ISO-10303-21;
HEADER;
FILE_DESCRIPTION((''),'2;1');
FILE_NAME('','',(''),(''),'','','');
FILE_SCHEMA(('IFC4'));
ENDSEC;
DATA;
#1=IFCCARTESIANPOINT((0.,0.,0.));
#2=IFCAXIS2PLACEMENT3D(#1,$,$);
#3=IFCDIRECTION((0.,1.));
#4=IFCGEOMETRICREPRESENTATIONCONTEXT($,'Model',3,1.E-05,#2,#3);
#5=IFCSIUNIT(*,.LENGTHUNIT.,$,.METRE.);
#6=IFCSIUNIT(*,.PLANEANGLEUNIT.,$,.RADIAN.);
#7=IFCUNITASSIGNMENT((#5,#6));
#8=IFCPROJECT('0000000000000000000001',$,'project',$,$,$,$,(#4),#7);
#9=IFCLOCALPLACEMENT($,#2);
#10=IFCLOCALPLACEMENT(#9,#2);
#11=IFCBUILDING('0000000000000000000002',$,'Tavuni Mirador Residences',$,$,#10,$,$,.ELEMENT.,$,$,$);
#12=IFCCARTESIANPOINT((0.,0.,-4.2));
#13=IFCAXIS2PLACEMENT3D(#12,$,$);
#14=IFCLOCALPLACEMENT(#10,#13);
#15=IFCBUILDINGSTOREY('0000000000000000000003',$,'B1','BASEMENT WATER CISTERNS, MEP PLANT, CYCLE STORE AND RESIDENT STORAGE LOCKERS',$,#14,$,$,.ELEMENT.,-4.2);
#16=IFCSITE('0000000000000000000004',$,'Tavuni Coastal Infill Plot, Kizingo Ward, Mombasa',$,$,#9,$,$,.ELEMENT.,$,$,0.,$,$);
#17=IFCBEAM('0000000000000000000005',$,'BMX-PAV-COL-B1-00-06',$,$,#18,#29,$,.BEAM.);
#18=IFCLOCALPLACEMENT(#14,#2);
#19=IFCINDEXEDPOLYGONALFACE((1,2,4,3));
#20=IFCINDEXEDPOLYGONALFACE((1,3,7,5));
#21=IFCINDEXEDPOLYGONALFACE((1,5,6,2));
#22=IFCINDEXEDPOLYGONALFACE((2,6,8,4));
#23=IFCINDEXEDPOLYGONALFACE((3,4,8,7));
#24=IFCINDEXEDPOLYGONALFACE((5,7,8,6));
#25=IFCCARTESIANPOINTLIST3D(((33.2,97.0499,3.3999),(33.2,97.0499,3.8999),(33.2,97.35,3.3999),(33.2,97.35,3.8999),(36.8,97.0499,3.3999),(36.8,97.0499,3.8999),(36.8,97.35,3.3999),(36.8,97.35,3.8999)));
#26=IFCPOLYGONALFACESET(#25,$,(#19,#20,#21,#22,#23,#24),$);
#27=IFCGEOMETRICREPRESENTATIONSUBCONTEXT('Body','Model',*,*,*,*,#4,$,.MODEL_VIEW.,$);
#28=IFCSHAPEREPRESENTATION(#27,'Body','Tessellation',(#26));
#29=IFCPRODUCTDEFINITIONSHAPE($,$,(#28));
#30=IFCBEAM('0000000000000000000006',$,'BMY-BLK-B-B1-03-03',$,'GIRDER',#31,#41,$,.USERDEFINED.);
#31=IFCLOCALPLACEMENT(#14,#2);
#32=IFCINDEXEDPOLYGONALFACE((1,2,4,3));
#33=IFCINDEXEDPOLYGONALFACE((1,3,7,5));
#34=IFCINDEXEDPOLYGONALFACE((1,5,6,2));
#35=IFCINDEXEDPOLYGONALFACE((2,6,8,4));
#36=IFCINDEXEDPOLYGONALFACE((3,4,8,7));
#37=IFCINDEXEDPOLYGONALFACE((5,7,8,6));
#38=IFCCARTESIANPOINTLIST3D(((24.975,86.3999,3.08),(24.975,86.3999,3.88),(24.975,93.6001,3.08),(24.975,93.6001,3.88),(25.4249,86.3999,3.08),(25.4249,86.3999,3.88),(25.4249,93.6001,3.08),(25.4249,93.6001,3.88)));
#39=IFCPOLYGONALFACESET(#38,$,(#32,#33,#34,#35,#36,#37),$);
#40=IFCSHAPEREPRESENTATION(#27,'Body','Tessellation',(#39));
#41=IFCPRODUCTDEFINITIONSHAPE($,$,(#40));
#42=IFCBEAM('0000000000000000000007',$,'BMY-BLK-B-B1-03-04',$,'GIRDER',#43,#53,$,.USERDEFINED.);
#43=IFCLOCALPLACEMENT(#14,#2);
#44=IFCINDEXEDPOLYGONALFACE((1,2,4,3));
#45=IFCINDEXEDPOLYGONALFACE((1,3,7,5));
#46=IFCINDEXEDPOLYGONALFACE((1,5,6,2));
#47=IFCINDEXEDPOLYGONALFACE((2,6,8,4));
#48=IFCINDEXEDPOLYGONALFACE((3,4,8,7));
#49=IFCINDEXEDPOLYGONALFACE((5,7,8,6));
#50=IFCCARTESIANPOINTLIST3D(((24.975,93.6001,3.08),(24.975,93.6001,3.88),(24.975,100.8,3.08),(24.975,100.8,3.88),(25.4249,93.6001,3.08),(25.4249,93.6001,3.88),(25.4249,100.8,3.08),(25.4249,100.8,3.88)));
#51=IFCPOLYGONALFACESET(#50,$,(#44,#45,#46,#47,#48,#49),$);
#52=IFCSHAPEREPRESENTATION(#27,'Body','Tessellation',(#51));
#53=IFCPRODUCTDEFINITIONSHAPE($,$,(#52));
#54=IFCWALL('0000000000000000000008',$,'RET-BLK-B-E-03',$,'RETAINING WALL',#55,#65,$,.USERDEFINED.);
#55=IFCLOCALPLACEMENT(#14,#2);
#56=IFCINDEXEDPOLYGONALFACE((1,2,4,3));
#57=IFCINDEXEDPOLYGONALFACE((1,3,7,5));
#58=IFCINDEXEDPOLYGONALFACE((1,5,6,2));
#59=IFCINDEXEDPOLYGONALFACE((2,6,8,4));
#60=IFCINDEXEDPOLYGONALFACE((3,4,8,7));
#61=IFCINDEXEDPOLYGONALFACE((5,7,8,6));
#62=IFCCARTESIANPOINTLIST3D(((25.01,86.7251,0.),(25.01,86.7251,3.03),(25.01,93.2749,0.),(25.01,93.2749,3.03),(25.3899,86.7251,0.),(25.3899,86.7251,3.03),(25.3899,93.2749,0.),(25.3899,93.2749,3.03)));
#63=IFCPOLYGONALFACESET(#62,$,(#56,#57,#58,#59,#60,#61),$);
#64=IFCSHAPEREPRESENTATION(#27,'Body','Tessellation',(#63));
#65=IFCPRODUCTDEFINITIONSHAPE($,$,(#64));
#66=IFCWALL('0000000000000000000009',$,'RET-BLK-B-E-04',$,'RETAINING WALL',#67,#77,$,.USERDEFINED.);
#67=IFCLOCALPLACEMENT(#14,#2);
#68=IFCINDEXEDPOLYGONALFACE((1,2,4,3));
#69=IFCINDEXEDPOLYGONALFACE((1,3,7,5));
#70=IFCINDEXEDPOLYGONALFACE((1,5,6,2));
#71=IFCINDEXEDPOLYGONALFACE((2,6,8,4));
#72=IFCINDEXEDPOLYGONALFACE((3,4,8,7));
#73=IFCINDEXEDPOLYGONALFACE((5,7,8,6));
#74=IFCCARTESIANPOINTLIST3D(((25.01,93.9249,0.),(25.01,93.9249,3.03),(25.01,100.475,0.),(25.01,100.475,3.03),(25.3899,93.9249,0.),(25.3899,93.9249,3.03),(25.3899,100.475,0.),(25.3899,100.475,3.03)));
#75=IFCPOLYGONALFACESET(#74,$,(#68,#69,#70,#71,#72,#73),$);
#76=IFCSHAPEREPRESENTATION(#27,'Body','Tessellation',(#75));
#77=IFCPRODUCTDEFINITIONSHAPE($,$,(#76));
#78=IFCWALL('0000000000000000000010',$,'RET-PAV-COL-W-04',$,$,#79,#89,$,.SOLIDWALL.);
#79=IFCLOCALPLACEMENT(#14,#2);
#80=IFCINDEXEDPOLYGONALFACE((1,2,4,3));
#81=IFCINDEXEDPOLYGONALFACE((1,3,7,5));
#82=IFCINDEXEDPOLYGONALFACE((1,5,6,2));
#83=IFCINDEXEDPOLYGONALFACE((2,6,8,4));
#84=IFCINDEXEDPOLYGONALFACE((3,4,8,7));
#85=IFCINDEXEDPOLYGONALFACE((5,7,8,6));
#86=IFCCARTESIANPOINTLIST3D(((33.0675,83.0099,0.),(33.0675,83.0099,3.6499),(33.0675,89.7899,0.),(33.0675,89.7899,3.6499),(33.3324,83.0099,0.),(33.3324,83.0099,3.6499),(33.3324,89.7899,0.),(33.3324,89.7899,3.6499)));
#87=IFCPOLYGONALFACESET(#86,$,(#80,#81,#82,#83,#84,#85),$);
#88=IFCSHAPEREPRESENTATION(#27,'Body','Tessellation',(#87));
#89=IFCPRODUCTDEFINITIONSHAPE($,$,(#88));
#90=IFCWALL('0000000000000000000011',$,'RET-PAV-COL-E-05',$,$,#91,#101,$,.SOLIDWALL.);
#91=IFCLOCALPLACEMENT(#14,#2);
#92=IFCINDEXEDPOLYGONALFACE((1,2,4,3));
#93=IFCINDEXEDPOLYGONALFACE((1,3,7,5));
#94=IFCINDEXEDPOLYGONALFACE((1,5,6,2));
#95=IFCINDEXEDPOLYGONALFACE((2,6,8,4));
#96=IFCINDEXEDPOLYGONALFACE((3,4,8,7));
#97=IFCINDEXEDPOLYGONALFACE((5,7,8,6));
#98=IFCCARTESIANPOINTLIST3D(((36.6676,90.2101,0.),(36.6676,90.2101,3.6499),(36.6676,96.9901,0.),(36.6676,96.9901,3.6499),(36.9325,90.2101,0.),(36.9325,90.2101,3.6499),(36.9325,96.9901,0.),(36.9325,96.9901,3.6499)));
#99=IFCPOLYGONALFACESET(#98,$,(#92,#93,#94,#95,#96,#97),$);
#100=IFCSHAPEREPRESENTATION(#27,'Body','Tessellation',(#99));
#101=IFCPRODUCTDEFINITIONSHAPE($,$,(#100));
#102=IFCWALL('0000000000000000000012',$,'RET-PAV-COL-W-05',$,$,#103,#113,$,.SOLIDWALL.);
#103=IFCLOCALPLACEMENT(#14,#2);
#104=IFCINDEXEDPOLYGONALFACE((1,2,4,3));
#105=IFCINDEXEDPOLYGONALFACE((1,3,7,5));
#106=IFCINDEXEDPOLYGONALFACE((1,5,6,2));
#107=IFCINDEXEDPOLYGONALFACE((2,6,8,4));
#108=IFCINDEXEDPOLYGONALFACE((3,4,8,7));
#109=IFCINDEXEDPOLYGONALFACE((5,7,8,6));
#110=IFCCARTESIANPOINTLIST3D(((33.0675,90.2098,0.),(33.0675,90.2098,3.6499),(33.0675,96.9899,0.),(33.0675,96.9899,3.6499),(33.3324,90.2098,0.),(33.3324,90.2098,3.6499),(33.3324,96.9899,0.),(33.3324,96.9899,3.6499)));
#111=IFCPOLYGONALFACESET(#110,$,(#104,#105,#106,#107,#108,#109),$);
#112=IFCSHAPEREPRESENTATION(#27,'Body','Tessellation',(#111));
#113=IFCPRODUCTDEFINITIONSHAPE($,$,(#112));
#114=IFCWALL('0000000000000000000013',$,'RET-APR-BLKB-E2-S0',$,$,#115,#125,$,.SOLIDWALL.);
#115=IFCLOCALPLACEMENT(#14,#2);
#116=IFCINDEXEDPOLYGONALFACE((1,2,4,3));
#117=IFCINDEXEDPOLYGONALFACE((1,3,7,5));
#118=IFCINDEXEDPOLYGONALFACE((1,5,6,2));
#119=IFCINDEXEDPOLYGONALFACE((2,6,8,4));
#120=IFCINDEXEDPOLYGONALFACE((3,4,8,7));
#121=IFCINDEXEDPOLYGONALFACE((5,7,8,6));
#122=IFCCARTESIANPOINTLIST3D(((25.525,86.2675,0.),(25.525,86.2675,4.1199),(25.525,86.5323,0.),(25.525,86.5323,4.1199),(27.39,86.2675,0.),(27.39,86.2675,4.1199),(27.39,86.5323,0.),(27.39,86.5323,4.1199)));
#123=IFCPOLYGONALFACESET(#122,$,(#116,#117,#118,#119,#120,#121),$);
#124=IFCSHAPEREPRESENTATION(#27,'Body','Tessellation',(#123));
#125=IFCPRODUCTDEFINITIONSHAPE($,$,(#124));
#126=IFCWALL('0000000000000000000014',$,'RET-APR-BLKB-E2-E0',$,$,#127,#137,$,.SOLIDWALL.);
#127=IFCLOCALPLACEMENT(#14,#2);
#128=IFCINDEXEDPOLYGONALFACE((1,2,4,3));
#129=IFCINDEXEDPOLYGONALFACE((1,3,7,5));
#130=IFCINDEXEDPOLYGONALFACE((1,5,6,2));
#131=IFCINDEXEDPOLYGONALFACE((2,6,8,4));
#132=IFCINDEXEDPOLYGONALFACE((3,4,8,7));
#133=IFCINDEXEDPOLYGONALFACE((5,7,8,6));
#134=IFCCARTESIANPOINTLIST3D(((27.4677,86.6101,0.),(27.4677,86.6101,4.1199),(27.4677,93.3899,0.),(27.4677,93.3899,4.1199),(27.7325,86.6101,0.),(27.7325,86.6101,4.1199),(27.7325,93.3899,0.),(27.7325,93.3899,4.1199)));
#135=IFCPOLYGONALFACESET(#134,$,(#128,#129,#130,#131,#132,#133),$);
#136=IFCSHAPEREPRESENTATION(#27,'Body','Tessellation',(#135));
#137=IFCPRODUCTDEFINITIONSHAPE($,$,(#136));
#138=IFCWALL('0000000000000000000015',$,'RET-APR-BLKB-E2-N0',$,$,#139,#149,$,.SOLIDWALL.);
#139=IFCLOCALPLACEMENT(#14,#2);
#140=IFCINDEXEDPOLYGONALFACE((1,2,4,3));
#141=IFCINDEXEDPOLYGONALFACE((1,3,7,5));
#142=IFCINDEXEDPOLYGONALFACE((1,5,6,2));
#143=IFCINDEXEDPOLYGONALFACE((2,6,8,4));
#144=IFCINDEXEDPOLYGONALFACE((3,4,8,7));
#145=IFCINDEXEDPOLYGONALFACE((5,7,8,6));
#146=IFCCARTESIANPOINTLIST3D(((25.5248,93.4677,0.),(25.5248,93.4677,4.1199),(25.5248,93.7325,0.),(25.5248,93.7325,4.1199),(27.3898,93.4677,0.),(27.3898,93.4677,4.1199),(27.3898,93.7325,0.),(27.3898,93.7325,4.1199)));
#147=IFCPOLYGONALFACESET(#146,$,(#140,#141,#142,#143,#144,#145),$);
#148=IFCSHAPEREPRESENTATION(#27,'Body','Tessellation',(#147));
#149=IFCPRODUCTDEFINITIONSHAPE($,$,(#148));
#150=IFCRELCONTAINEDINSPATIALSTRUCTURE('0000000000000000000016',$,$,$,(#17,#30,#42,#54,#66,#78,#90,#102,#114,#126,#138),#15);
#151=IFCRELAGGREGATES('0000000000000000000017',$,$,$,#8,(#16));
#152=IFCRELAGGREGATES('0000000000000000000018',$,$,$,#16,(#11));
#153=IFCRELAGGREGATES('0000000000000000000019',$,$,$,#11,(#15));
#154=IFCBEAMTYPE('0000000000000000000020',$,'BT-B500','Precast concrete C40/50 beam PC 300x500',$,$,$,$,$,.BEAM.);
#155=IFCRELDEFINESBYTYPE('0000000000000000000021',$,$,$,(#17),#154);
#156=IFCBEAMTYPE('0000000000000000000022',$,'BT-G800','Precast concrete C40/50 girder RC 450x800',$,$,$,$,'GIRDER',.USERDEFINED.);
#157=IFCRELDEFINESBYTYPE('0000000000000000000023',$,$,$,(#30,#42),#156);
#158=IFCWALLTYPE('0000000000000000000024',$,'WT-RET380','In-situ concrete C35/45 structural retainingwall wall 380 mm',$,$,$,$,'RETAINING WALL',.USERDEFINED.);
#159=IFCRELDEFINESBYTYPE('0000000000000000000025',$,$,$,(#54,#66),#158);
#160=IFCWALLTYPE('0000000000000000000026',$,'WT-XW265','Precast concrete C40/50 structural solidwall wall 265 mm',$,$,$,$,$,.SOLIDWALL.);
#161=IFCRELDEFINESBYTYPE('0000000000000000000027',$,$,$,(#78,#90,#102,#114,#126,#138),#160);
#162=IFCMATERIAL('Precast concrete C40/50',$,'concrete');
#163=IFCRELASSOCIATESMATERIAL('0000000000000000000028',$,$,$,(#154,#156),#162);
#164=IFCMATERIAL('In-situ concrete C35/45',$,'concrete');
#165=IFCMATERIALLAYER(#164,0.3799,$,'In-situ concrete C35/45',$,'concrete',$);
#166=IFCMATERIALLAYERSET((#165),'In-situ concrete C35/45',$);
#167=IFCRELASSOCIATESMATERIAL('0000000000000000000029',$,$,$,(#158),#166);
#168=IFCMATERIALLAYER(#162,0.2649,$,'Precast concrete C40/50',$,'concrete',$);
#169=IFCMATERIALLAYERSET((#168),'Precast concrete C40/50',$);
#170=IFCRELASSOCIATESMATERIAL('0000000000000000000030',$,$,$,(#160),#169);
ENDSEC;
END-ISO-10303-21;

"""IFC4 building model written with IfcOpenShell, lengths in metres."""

from ifc_helpers import new_model, si_unit, direction, frame, frame_2d, origin, origin_2d, place, context, subcontext, project, spatial, rectangle, extrude, material, layer, layer_set, material_profile, profile_set, type_object, element, save


model = new_model("IFC4")

# Units and contexts
model_context = context("Model", 3, precision=1e-05, world=origin(), true_north=direction((0.0, 1.0)))
body_context = subcontext(model_context, "Body", "Model", "MODEL_VIEW")
ifc_project = project(units=[si_unit("LENGTHUNIT", "METRE"), si_unit("PLANEANGLEUNIT", "RADIAN")], contexts=[model_context])

# Site, building, storey
site_placement = place(None, origin())
site = spatial("IfcSite", under=ifc_project, at=site_placement, Name="Tavuni Coastal Infill Plot, Kizingo Ward, Mombasa", CompositionType="ELEMENT", RefElevation=0.0)
building_placement = place(site_placement, origin())
building = spatial("IfcBuilding", under=site, at=building_placement, Name="Tavuni Mirador Residences", CompositionType="ELEMENT")
storey_placement = place(building_placement, frame((0.0, 0.0, -4.2)))
storey = spatial("IfcBuildingStorey", under=building, at=storey_placement, Name="B1", Description="BASEMENT WATER CISTERNS, MEP PLANT, CYCLE STORE AND RESIDENT STORAGE LOCKERS", CompositionType="ELEMENT", Elevation=-4.2)

# Shared definitions
ifc_material_1 = material(Name="In-situ concrete C35/45", Category="concrete")

# Shared definitions
ifc_material_2 = material(Name="Precast concrete C40/50", Category="concrete")

# Beams
ifc_material_profile_1 = material_profile(ifc_material_2, rectangle(XDim=0.3, YDim=0.5, at=origin_2d()), Name="PC 300x500", Category="concrete")
ifc_profile_set_1 = profile_set([ifc_material_profile_1], Name="Precast concrete C40/50")
beam_type_1 = type_object("IfcBeamType", Name="BT-B500", Description="Precast concrete C40/50 beam PC 300x500", PredefinedType="BEAM", material=ifc_profile_set_1)
for number, where, z_axis, x_axis, name in (
    (1, (33.2, 97.2, 3.6499), (1.0, 0.0, 0.0), (0.0, 1.0, 0.0), "BMX-PAV-COL-B1-00-06"),
):
    element("IfcBeam", number, at=place(storey_placement, frame(where, z_axis=z_axis, x_axis=x_axis)), inside=storey, type_object=beam_type_1, Name=name, PredefinedType="BEAM", context=body_context, shape_type="SweptSolid", body=[
        extrude(rectangle(XDim=0.3, YDim=0.5, at=origin_2d()), origin(), (0.0, 0.0, 1.0), 3.6001),
    ])
ifc_material_profile_2 = material_profile(ifc_material_2, rectangle(XDim=0.45, YDim=0.8, at=origin_2d()), Name="RC 450x800", Category="concrete")
ifc_profile_set_2 = profile_set([ifc_material_profile_2], Name="Precast concrete C40/50")
beam_type_2 = type_object("IfcBeamType", Name="BT-G800", Description="Precast concrete C40/50 girder RC 450x800", ElementType="GIRDER", PredefinedType="USERDEFINED", material=ifc_profile_set_2)
beam_1_placement = place(storey_placement, frame((25.2, 86.3999, 3.48), z_axis=(0.0, 1.0, 0.0), x_axis=(-1.0, 0.0, 0.0)))
element("IfcBeam", 2, at=beam_1_placement, inside=storey, type_object=beam_type_2, Name="BMY-BLK-B-B1-03-03", ObjectType="GIRDER", PredefinedType="USERDEFINED", context=body_context, shape_type="SweptSolid", body=[
    extrude(rectangle(XDim=0.45, YDim=0.8, at=origin_2d()), origin(), (0.0, 0.0, 1.0), 7.2002),
])
beam_2_placement = place(storey_placement, frame((25.2, 93.6001, 3.48), z_axis=(0.0, 1.0, 0.0), x_axis=(-1.0, 0.0, 0.0)))
element("IfcBeam", 3, at=beam_2_placement, inside=storey, type_object=beam_type_2, Name="BMY-BLK-B-B1-03-04", ObjectType="GIRDER", PredefinedType="USERDEFINED", context=body_context, shape_type="SweptSolid", body=[
    extrude(rectangle(XDim=0.45, YDim=0.8, at=origin_2d()), origin(), (0.0, 0.0, 1.0), 7.2),
])

# Walls
ifc_layer_1 = layer(ifc_material_1, 0.3799, Name="In-situ concrete C35/45", Category="concrete")
ifc_layer_set_1 = layer_set([ifc_layer_1], Name="In-situ concrete C35/45")
wall_type_1 = type_object("IfcWallType", Name="WT-RET380", Description="In-situ concrete C35/45 structural retainingwall wall 380 mm", ElementType="RETAINING WALL", PredefinedType="USERDEFINED", material=ifc_layer_set_1)
wall_1_placement = place(storey_placement, frame((25.2, 86.7251, 0.0), z_axis=(0.0, 0.0, 1.0), x_axis=(0.0, 1.0, 0.0)))
element("IfcWall", 4, at=wall_1_placement, inside=storey, type_object=wall_type_1, Name="RET-BLK-B-E-03", ObjectType="RETAINING WALL", PredefinedType="USERDEFINED", context=body_context, shape_type="SweptSolid", body=[
    extrude(rectangle(XDim=6.5498, YDim=0.3799, at=frame_2d((3.2749, 0.0))), origin(), (0.0, 0.0, 1.0), 3.03),
])
wall_2_placement = place(storey_placement, frame((25.2, 93.925, 0.0), z_axis=(0.0, 0.0, 1.0), x_axis=(0.0, 1.0, 0.0)))
element("IfcWall", 5, at=wall_2_placement, inside=storey, type_object=wall_type_1, Name="RET-BLK-B-E-04", ObjectType="RETAINING WALL", PredefinedType="USERDEFINED", context=body_context, shape_type="SweptSolid", body=[
    extrude(rectangle(XDim=6.55, YDim=0.3799, at=frame_2d((3.2749, 0.0))), origin(), (0.0, 0.0, 1.0), 3.03),
])
ifc_layer_2 = layer(ifc_material_2, 0.2649, Name="Precast concrete C40/50", Category="concrete")
ifc_layer_set_2 = layer_set([ifc_layer_2], Name="Precast concrete C40/50")
wall_type_2 = type_object("IfcWallType", Name="WT-XW265", Description="Precast concrete C40/50 structural solidwall wall 265 mm", PredefinedType="SOLIDWALL", material=ifc_layer_set_2)
for number, where, z_axis, x_axis, name in (
    (6, (33.2, 89.79, 0.0), (0.0, 0.0, 1.0), (0.0, -1.0, 0.0), "RET-PAV-COL-W-04"),
    (7, (36.8, 90.21, 0.0), (0.0, 0.0, 1.0), (0.0, 1.0, 0.0), "RET-PAV-COL-E-05"),
    (8, (33.2, 96.99, 0.0), (0.0, 0.0, 1.0), (0.0, -1.0, 0.0), "RET-PAV-COL-W-05"),
):
    element("IfcWall", number, at=place(storey_placement, frame(where, z_axis=z_axis, x_axis=x_axis)), inside=storey, type_object=wall_type_2, Name=name, PredefinedType="SOLIDWALL", context=body_context, shape_type="SweptSolid", body=[
        extrude(rectangle(XDim=6.78, YDim=0.2649, at=frame_2d((3.3901, 0.0))), origin(), (0.0, 0.0, 1.0), 3.6499),
    ])
wall_3_placement = place(storey_placement, frame((25.5249, 86.3999, 0.0), z_axis=(0.0, 0.0, 1.0), x_axis=(1.0, 0.0, 0.0)))
element("IfcWall", 9, at=wall_3_placement, inside=storey, type_object=wall_type_2, Name="RET-APR-BLKB-E2-S0", PredefinedType="SOLIDWALL", context=body_context, shape_type="SweptSolid", body=[
    extrude(rectangle(XDim=1.865, YDim=0.2649, at=frame_2d((0.9326, 0.0))), origin(), (0.0, 0.0, 1.0), 4.1199),
])
wall_4_placement = place(storey_placement, frame((27.6001, 86.6101, 0.0), z_axis=(0.0, 0.0, 1.0), x_axis=(0.0, 1.0, 0.0)))
element("IfcWall", 10, at=wall_4_placement, inside=storey, type_object=wall_type_2, Name="RET-APR-BLKB-E2-E0", PredefinedType="SOLIDWALL", context=body_context, shape_type="SweptSolid", body=[
    extrude(rectangle(XDim=6.7798, YDim=0.2649, at=frame_2d((3.3899, 0.0))), origin(), (0.0, 0.0, 1.0), 4.1199),
])
wall_5_placement = place(storey_placement, frame((27.3899, 93.6001, 0.0), z_axis=(0.0, 0.0, 1.0), x_axis=(-1.0, 0.0, 0.0)))
element("IfcWall", 11, at=wall_5_placement, inside=storey, type_object=wall_type_2, Name="RET-APR-BLKB-E2-N0", PredefinedType="SOLIDWALL", context=body_context, shape_type="SweptSolid", body=[
    extrude(rectangle(XDim=1.865, YDim=0.2649, at=frame_2d((0.9326, 0.0))), origin(), (0.0, 0.0, 1.0), 4.1199),
])

save(model, "model.ifc")
